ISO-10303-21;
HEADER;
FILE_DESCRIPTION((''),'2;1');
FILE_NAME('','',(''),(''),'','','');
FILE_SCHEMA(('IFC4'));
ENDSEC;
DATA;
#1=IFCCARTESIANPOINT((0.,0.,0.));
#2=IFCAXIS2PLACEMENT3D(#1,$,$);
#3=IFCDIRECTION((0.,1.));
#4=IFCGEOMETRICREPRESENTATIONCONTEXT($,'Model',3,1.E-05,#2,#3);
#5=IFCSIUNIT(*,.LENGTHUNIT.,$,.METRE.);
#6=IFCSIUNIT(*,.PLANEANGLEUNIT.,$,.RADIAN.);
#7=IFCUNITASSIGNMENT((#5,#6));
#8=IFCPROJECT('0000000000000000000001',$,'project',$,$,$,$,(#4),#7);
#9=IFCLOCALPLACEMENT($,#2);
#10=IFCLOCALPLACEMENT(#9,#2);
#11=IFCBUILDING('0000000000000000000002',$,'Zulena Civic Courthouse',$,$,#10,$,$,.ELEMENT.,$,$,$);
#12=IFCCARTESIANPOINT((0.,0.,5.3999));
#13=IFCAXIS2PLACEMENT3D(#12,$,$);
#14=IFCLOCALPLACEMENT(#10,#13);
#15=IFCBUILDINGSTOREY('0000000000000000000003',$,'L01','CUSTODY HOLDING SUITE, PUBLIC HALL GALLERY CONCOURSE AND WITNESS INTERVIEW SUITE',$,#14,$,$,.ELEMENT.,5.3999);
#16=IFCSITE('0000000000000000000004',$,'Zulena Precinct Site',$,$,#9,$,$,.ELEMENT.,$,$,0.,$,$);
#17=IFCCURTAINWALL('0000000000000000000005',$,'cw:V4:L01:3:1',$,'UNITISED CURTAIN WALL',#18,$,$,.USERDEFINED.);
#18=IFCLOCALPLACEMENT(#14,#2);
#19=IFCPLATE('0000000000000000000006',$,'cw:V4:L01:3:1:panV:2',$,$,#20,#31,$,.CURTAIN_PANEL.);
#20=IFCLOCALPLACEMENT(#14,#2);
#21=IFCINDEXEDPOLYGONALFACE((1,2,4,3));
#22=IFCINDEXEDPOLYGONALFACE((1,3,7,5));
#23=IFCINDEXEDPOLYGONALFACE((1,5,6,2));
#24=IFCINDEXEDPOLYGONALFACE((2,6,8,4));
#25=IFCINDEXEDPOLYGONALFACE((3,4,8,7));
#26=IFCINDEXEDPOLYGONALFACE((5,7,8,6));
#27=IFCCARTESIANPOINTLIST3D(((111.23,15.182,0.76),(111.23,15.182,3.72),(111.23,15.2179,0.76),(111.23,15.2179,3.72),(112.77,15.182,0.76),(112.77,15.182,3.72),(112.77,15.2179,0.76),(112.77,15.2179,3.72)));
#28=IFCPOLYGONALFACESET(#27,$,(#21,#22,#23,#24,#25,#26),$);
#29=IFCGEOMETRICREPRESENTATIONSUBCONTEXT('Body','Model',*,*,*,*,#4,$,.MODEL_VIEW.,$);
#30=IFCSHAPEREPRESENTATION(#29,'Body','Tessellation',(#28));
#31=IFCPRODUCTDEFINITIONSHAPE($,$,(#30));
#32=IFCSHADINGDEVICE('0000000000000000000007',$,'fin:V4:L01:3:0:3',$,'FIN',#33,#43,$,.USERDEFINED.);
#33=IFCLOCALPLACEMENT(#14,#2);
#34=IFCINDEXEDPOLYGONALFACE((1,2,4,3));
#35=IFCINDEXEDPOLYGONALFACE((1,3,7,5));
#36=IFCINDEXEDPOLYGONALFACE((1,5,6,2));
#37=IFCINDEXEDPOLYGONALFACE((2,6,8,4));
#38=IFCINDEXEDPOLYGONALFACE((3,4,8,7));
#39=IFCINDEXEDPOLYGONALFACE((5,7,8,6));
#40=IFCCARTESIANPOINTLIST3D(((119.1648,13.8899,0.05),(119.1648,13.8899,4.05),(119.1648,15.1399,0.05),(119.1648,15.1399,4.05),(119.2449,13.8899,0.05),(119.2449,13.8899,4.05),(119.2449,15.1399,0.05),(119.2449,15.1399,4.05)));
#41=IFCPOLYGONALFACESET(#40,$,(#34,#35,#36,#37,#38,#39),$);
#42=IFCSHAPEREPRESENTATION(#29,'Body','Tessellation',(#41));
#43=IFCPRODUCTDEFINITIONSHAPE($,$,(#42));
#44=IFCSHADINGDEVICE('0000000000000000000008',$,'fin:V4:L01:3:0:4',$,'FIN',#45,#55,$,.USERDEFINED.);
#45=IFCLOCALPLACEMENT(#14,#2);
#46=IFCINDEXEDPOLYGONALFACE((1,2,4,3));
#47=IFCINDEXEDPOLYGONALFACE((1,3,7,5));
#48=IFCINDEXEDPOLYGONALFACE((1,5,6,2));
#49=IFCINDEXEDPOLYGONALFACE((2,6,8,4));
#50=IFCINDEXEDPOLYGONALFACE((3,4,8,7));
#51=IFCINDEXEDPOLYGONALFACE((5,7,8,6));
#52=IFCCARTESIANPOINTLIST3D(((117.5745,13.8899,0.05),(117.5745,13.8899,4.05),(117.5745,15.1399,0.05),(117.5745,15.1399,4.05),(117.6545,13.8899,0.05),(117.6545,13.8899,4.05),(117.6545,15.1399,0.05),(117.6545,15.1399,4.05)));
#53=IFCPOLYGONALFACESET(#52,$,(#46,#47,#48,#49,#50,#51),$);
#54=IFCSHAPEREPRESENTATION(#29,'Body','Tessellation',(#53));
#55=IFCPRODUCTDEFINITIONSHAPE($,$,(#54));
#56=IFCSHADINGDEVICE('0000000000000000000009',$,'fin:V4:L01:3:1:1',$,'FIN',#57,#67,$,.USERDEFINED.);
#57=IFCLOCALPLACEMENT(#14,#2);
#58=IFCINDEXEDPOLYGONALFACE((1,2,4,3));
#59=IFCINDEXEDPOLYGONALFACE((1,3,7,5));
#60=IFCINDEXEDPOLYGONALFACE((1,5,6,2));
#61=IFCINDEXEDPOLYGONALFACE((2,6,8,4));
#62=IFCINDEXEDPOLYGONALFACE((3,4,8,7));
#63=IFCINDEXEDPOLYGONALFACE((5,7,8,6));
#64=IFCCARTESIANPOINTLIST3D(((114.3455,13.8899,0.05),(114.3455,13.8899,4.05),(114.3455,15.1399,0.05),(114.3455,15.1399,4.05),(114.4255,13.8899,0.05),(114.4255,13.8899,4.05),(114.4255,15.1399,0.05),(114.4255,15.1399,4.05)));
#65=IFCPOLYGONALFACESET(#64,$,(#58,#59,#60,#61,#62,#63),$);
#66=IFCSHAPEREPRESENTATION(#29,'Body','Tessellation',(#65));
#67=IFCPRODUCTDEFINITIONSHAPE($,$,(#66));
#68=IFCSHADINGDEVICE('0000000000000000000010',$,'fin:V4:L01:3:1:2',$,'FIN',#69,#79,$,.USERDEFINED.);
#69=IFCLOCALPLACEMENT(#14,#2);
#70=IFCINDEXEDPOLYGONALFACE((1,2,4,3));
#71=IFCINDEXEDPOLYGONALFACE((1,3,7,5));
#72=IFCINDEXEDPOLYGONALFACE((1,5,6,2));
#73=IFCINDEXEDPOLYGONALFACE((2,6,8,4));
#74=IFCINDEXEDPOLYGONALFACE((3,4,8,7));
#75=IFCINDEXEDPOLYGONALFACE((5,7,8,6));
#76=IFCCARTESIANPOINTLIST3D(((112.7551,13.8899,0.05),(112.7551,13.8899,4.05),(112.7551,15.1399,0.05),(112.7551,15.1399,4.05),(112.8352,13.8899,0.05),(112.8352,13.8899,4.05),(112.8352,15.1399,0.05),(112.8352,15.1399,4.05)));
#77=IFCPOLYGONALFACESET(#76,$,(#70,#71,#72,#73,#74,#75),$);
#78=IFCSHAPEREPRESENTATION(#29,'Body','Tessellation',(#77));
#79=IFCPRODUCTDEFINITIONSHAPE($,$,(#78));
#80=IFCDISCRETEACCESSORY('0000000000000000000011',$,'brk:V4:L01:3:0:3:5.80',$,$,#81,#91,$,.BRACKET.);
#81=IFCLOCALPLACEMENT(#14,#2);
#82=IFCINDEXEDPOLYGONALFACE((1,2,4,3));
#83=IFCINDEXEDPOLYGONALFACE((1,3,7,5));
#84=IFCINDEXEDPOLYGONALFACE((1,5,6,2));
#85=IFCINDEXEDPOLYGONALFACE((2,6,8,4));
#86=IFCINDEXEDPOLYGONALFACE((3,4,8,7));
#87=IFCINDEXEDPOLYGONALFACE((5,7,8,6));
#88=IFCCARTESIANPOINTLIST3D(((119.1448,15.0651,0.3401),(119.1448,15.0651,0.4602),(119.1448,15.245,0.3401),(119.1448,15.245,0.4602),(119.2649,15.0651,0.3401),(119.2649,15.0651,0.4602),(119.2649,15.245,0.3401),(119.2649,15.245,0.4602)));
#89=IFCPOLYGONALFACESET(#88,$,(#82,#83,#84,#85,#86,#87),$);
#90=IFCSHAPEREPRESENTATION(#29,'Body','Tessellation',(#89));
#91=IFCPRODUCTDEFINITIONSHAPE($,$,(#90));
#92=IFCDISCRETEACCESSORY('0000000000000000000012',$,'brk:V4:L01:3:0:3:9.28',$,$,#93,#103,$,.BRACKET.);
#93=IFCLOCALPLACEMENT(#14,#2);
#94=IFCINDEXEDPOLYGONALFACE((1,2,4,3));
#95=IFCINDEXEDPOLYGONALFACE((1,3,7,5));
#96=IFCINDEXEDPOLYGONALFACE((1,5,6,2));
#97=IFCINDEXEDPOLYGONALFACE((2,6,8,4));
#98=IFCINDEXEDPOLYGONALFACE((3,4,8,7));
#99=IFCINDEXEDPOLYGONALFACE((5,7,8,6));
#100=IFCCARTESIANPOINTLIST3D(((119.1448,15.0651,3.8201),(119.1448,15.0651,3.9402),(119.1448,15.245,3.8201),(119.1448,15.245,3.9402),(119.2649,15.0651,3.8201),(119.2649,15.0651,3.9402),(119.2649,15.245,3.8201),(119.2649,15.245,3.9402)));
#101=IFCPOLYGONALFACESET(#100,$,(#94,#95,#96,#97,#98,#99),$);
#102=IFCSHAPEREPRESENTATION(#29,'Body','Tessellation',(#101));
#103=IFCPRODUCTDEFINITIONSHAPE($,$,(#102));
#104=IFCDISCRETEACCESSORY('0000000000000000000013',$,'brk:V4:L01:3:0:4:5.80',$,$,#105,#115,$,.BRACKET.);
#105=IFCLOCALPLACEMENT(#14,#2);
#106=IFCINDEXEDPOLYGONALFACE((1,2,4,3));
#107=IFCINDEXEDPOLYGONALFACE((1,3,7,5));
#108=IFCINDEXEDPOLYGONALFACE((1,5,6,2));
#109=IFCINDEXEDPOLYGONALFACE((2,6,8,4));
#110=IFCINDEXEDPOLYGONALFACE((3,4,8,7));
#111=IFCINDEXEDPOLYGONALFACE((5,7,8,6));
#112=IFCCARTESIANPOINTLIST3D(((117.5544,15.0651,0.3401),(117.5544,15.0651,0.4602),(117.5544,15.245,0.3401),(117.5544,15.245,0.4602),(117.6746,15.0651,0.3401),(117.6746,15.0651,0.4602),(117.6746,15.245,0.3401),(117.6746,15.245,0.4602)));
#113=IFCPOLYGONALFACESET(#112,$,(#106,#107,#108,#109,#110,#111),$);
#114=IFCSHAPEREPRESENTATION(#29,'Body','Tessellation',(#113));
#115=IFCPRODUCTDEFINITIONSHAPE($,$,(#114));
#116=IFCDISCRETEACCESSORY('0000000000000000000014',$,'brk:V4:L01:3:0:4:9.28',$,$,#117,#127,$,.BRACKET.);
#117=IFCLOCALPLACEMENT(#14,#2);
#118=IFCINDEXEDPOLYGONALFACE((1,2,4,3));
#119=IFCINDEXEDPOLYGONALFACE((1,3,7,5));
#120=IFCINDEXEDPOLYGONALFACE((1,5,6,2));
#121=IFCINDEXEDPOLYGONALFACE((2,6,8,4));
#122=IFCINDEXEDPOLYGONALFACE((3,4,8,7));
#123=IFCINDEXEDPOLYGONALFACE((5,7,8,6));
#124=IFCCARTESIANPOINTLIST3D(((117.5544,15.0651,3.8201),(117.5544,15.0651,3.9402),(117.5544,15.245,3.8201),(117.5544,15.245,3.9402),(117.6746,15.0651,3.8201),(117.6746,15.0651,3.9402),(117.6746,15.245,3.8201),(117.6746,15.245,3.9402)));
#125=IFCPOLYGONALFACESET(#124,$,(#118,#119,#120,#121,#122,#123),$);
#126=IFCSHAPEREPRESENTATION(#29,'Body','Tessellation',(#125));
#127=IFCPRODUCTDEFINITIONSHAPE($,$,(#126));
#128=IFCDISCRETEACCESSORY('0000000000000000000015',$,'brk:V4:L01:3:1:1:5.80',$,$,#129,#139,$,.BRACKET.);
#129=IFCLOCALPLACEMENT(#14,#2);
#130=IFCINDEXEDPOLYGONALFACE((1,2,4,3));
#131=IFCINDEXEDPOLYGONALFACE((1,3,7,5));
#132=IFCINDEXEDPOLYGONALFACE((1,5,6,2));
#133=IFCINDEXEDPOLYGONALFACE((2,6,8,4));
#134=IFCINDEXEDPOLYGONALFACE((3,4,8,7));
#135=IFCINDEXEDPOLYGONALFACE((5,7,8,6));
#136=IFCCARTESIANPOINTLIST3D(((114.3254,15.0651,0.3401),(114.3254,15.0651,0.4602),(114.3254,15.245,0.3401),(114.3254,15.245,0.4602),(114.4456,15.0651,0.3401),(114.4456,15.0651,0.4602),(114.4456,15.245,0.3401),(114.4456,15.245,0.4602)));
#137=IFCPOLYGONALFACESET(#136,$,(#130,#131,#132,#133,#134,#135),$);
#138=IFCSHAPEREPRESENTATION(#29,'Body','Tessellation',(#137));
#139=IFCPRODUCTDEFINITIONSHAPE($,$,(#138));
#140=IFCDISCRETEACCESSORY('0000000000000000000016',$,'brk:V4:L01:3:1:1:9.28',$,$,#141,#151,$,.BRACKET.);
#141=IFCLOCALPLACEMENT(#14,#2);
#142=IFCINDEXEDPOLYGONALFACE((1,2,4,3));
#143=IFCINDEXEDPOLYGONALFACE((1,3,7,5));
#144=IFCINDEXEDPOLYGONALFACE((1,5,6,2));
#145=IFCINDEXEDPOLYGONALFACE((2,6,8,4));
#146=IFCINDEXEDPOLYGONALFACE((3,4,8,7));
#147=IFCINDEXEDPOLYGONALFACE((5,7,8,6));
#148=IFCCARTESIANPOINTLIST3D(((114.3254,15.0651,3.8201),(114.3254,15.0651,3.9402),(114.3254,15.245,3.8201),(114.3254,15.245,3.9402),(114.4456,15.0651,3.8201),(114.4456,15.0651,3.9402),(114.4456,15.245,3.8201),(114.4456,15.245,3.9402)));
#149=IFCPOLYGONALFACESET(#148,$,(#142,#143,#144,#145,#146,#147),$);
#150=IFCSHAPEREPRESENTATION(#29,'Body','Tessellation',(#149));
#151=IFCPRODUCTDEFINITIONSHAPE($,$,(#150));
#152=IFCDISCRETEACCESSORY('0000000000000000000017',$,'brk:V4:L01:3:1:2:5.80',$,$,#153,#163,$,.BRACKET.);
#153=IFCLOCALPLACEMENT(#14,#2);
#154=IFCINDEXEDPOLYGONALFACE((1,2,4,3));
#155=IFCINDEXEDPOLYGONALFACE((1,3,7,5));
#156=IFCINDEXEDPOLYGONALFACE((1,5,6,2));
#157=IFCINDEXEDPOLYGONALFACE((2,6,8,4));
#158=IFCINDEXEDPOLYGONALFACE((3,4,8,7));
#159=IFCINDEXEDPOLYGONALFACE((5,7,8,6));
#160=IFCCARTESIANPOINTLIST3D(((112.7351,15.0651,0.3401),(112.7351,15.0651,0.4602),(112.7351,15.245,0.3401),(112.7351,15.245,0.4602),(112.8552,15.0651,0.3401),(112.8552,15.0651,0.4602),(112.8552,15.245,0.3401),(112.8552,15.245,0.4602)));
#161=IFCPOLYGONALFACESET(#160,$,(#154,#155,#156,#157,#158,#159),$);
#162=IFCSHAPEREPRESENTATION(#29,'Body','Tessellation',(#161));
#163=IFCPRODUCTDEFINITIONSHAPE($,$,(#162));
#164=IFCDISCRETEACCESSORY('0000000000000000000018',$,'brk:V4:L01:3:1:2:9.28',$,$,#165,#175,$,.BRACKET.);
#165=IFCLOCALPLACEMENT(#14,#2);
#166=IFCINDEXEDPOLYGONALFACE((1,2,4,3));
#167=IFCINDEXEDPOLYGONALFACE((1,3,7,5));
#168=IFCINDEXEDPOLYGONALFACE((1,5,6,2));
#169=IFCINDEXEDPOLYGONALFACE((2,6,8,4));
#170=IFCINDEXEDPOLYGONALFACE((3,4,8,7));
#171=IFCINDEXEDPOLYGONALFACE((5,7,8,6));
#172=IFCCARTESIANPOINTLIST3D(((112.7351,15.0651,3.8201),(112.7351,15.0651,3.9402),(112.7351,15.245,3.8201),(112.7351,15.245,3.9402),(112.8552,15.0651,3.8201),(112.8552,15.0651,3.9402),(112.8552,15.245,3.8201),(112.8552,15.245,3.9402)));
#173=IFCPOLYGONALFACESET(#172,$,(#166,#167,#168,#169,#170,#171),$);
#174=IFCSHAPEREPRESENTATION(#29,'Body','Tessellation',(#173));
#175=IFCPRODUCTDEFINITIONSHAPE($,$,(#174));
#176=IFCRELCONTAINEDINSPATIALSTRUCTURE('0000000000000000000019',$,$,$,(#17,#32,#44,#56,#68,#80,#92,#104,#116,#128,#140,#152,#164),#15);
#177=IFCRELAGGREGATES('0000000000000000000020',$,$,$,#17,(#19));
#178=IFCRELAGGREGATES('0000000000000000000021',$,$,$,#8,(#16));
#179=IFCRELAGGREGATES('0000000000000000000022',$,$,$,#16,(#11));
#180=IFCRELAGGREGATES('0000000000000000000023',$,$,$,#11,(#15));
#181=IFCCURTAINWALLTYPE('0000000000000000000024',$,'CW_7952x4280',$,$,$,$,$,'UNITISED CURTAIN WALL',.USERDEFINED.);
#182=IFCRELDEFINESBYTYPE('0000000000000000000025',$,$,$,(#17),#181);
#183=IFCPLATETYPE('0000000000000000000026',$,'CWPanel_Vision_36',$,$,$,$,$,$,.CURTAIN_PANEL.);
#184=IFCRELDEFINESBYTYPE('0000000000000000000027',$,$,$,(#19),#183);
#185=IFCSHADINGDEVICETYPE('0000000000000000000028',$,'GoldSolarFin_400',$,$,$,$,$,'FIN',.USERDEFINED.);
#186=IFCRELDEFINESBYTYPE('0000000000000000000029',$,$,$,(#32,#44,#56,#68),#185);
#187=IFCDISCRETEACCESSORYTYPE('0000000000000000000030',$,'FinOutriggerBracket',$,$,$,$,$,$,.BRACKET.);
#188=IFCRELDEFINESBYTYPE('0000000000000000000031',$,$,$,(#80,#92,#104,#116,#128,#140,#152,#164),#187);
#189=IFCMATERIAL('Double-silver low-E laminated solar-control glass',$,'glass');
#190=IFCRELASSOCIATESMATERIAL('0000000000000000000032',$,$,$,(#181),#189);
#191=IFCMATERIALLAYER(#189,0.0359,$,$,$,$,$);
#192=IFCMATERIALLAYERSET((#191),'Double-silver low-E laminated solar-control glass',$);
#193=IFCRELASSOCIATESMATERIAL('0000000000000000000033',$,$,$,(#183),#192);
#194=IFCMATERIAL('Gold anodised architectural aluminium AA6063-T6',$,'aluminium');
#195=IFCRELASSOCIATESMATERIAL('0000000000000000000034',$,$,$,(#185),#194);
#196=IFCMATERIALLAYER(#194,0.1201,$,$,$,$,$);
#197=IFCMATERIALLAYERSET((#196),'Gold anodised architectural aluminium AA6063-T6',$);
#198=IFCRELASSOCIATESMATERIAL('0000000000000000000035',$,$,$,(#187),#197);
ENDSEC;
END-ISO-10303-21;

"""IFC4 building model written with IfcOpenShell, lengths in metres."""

from ifc_helpers import new_model, si_unit, direction, frame, origin, origin_2d, place, context, subcontext, project, spatial, rectangle, extrude, material, layer, layer_set, type_object, element, aggregate, save


model = new_model("IFC4")

# Units and contexts
model_context = context("Model", 3, precision=1e-05, world=origin(), true_north=direction((0.0, 1.0)))
body_context = subcontext(model_context, "Body", "Model", "MODEL_VIEW")
ifc_project = project(units=[si_unit("LENGTHUNIT", "METRE"), si_unit("PLANEANGLEUNIT", "RADIAN")], contexts=[model_context])

# Site, building, storey
site_placement = place(None, origin())
site = spatial("IfcSite", under=ifc_project, at=site_placement, Name="Zulena Precinct Site", CompositionType="ELEMENT", RefElevation=0.0)
building_placement = place(site_placement, origin())
building = spatial("IfcBuilding", under=site, at=building_placement, Name="Zulena Civic Courthouse", CompositionType="ELEMENT")
storey_placement = place(building_placement, frame((0.0, 0.0, 5.3999)))
storey = spatial("IfcBuildingStorey", under=building, at=storey_placement, Name="L01", Description="CUSTODY HOLDING SUITE, PUBLIC HALL GALLERY CONCOURSE AND WITNESS INTERVIEW SUITE", CompositionType="ELEMENT", Elevation=5.3999)

# Curtain wall
ifc_material_1 = material(Name="Double-silver low-E laminated solar-control glass", Category="glass")
curtain_wall_type = type_object("IfcCurtainWallType", Name="CW_7952x4280", ElementType="UNITISED CURTAIN WALL", PredefinedType="USERDEFINED", material=ifc_material_1)
curtain_wall_1_placement = place(storey_placement, origin())
curtain_wall_1 = element("IfcCurtainWall", 1, at=curtain_wall_1_placement, inside=storey, type_object=curtain_wall_type, Name="cw:V4:L01:3:1", ObjectType="UNITISED CURTAIN WALL", PredefinedType="USERDEFINED")

# Plate
ifc_layer_1 = layer(ifc_material_1, 0.0359)
ifc_layer_set_1 = layer_set([ifc_layer_1], Name="Double-silver low-E laminated solar-control glass")
plate_type_1 = type_object("IfcPlateType", Name="CWPanel_Vision_36", PredefinedType="CURTAIN_PANEL", material=ifc_layer_set_1)
plate_1_placement = place(storey_placement, frame((112.0, 15.2, 0.76), z_axis=(0.0, 0.0, 1.0), x_axis=(-1.0, 0.0, 0.0)))
plate_1 = element("IfcPlate", 2, at=plate_1_placement, type_object=plate_type_1, Name="cw:V4:L01:3:1:panV:2", PredefinedType="CURTAIN_PANEL", context=body_context, shape_type="SweptSolid", body=[
    extrude(rectangle(XDim=1.54, YDim=0.0359, at=origin_2d()), origin(), (0.0, 0.0, 1.0), 2.96),
])
aggregate(curtain_wall_1, [plate_1])

# Shading devices
ifc_material_2 = material(Name="Gold anodised architectural aluminium AA6063-T6", Category="aluminium")
shading_device_type = type_object("IfcShadingDeviceType", Name="GoldSolarFin_400", ElementType="FIN", PredefinedType="USERDEFINED", material=ifc_material_2)
for number, where, z_axis, x_axis, name in (
    (3, (119.2048, 14.5149, 0.05), (0.0, 0.0, 1.0), (0.0, -1.0, 0.0), "fin:V4:L01:3:0:3"),
    (4, (117.6145, 14.5149, 0.05), (0.0, 0.0, 1.0), (0.0, -1.0, 0.0), "fin:V4:L01:3:0:4"),
    (5, (114.3855, 14.5149, 0.05), (0.0, 0.0, 1.0), (0.0, -1.0, 0.0), "fin:V4:L01:3:1:1"),
    (6, (112.7952, 14.5149, 0.05), (0.0, 0.0, 1.0), (0.0, -1.0, 0.0), "fin:V4:L01:3:1:2"),
):
    element("IfcShadingDevice", number, at=place(storey_placement, frame(where, z_axis=z_axis, x_axis=x_axis)), inside=storey, type_object=shading_device_type, Name=name, ObjectType="FIN", PredefinedType="USERDEFINED", context=body_context, shape_type="SweptSolid", body=[
        extrude(rectangle(XDim=1.25, YDim=0.0801, at=origin_2d()), origin(), (0.0, 0.0, 1.0), 4.0),
    ])

# Discrete accessories
ifc_layer_2 = layer(ifc_material_2, 0.1201)
ifc_layer_set_2 = layer_set([ifc_layer_2], Name="Gold anodised architectural aluminium AA6063-T6")
discrete_accessory_type = type_object("IfcDiscreteAccessoryType", Name="FinOutriggerBracket", PredefinedType="BRACKET", material=ifc_layer_set_2)
for number, where, z_axis, x_axis, name in (
    (7, (119.2048, 15.155, 0.3401), (0.0, 0.0, 1.0), (0.0, -1.0, 0.0), "brk:V4:L01:3:0:3:5.80"),
    (8, (119.2048, 15.155, 3.8201), (0.0, 0.0, 1.0), (0.0, -1.0, 0.0), "brk:V4:L01:3:0:3:9.28"),
    (9, (117.6145, 15.155, 0.3401), (0.0, 0.0, 1.0), (0.0, -1.0, 0.0), "brk:V4:L01:3:0:4:5.80"),
    (10, (117.6145, 15.155, 3.8201), (0.0, 0.0, 1.0), (0.0, -1.0, 0.0), "brk:V4:L01:3:0:4:9.28"),
    (11, (114.3855, 15.155, 0.3401), (0.0, 0.0, 1.0), (0.0, -1.0, 0.0), "brk:V4:L01:3:1:1:5.80"),
    (12, (114.3855, 15.155, 3.8201), (0.0, 0.0, 1.0), (0.0, -1.0, 0.0), "brk:V4:L01:3:1:1:9.28"),
    (13, (112.7952, 15.155, 0.3401), (0.0, 0.0, 1.0), (0.0, -1.0, 0.0), "brk:V4:L01:3:1:2:5.80"),
    (14, (112.7952, 15.155, 3.8201), (0.0, 0.0, 1.0), (0.0, -1.0, 0.0), "brk:V4:L01:3:1:2:9.28"),
):
    element("IfcDiscreteAccessory", number, at=place(storey_placement, frame(where, z_axis=z_axis, x_axis=x_axis)), inside=storey, type_object=discrete_accessory_type, Name=name, PredefinedType="BRACKET", context=body_context, shape_type="SweptSolid", body=[
        extrude(rectangle(XDim=0.1799, YDim=0.1201, at=origin_2d()), origin(), (0.0, 0.0, 1.0), 0.1201),
    ])

save(model, "model.ifc")
